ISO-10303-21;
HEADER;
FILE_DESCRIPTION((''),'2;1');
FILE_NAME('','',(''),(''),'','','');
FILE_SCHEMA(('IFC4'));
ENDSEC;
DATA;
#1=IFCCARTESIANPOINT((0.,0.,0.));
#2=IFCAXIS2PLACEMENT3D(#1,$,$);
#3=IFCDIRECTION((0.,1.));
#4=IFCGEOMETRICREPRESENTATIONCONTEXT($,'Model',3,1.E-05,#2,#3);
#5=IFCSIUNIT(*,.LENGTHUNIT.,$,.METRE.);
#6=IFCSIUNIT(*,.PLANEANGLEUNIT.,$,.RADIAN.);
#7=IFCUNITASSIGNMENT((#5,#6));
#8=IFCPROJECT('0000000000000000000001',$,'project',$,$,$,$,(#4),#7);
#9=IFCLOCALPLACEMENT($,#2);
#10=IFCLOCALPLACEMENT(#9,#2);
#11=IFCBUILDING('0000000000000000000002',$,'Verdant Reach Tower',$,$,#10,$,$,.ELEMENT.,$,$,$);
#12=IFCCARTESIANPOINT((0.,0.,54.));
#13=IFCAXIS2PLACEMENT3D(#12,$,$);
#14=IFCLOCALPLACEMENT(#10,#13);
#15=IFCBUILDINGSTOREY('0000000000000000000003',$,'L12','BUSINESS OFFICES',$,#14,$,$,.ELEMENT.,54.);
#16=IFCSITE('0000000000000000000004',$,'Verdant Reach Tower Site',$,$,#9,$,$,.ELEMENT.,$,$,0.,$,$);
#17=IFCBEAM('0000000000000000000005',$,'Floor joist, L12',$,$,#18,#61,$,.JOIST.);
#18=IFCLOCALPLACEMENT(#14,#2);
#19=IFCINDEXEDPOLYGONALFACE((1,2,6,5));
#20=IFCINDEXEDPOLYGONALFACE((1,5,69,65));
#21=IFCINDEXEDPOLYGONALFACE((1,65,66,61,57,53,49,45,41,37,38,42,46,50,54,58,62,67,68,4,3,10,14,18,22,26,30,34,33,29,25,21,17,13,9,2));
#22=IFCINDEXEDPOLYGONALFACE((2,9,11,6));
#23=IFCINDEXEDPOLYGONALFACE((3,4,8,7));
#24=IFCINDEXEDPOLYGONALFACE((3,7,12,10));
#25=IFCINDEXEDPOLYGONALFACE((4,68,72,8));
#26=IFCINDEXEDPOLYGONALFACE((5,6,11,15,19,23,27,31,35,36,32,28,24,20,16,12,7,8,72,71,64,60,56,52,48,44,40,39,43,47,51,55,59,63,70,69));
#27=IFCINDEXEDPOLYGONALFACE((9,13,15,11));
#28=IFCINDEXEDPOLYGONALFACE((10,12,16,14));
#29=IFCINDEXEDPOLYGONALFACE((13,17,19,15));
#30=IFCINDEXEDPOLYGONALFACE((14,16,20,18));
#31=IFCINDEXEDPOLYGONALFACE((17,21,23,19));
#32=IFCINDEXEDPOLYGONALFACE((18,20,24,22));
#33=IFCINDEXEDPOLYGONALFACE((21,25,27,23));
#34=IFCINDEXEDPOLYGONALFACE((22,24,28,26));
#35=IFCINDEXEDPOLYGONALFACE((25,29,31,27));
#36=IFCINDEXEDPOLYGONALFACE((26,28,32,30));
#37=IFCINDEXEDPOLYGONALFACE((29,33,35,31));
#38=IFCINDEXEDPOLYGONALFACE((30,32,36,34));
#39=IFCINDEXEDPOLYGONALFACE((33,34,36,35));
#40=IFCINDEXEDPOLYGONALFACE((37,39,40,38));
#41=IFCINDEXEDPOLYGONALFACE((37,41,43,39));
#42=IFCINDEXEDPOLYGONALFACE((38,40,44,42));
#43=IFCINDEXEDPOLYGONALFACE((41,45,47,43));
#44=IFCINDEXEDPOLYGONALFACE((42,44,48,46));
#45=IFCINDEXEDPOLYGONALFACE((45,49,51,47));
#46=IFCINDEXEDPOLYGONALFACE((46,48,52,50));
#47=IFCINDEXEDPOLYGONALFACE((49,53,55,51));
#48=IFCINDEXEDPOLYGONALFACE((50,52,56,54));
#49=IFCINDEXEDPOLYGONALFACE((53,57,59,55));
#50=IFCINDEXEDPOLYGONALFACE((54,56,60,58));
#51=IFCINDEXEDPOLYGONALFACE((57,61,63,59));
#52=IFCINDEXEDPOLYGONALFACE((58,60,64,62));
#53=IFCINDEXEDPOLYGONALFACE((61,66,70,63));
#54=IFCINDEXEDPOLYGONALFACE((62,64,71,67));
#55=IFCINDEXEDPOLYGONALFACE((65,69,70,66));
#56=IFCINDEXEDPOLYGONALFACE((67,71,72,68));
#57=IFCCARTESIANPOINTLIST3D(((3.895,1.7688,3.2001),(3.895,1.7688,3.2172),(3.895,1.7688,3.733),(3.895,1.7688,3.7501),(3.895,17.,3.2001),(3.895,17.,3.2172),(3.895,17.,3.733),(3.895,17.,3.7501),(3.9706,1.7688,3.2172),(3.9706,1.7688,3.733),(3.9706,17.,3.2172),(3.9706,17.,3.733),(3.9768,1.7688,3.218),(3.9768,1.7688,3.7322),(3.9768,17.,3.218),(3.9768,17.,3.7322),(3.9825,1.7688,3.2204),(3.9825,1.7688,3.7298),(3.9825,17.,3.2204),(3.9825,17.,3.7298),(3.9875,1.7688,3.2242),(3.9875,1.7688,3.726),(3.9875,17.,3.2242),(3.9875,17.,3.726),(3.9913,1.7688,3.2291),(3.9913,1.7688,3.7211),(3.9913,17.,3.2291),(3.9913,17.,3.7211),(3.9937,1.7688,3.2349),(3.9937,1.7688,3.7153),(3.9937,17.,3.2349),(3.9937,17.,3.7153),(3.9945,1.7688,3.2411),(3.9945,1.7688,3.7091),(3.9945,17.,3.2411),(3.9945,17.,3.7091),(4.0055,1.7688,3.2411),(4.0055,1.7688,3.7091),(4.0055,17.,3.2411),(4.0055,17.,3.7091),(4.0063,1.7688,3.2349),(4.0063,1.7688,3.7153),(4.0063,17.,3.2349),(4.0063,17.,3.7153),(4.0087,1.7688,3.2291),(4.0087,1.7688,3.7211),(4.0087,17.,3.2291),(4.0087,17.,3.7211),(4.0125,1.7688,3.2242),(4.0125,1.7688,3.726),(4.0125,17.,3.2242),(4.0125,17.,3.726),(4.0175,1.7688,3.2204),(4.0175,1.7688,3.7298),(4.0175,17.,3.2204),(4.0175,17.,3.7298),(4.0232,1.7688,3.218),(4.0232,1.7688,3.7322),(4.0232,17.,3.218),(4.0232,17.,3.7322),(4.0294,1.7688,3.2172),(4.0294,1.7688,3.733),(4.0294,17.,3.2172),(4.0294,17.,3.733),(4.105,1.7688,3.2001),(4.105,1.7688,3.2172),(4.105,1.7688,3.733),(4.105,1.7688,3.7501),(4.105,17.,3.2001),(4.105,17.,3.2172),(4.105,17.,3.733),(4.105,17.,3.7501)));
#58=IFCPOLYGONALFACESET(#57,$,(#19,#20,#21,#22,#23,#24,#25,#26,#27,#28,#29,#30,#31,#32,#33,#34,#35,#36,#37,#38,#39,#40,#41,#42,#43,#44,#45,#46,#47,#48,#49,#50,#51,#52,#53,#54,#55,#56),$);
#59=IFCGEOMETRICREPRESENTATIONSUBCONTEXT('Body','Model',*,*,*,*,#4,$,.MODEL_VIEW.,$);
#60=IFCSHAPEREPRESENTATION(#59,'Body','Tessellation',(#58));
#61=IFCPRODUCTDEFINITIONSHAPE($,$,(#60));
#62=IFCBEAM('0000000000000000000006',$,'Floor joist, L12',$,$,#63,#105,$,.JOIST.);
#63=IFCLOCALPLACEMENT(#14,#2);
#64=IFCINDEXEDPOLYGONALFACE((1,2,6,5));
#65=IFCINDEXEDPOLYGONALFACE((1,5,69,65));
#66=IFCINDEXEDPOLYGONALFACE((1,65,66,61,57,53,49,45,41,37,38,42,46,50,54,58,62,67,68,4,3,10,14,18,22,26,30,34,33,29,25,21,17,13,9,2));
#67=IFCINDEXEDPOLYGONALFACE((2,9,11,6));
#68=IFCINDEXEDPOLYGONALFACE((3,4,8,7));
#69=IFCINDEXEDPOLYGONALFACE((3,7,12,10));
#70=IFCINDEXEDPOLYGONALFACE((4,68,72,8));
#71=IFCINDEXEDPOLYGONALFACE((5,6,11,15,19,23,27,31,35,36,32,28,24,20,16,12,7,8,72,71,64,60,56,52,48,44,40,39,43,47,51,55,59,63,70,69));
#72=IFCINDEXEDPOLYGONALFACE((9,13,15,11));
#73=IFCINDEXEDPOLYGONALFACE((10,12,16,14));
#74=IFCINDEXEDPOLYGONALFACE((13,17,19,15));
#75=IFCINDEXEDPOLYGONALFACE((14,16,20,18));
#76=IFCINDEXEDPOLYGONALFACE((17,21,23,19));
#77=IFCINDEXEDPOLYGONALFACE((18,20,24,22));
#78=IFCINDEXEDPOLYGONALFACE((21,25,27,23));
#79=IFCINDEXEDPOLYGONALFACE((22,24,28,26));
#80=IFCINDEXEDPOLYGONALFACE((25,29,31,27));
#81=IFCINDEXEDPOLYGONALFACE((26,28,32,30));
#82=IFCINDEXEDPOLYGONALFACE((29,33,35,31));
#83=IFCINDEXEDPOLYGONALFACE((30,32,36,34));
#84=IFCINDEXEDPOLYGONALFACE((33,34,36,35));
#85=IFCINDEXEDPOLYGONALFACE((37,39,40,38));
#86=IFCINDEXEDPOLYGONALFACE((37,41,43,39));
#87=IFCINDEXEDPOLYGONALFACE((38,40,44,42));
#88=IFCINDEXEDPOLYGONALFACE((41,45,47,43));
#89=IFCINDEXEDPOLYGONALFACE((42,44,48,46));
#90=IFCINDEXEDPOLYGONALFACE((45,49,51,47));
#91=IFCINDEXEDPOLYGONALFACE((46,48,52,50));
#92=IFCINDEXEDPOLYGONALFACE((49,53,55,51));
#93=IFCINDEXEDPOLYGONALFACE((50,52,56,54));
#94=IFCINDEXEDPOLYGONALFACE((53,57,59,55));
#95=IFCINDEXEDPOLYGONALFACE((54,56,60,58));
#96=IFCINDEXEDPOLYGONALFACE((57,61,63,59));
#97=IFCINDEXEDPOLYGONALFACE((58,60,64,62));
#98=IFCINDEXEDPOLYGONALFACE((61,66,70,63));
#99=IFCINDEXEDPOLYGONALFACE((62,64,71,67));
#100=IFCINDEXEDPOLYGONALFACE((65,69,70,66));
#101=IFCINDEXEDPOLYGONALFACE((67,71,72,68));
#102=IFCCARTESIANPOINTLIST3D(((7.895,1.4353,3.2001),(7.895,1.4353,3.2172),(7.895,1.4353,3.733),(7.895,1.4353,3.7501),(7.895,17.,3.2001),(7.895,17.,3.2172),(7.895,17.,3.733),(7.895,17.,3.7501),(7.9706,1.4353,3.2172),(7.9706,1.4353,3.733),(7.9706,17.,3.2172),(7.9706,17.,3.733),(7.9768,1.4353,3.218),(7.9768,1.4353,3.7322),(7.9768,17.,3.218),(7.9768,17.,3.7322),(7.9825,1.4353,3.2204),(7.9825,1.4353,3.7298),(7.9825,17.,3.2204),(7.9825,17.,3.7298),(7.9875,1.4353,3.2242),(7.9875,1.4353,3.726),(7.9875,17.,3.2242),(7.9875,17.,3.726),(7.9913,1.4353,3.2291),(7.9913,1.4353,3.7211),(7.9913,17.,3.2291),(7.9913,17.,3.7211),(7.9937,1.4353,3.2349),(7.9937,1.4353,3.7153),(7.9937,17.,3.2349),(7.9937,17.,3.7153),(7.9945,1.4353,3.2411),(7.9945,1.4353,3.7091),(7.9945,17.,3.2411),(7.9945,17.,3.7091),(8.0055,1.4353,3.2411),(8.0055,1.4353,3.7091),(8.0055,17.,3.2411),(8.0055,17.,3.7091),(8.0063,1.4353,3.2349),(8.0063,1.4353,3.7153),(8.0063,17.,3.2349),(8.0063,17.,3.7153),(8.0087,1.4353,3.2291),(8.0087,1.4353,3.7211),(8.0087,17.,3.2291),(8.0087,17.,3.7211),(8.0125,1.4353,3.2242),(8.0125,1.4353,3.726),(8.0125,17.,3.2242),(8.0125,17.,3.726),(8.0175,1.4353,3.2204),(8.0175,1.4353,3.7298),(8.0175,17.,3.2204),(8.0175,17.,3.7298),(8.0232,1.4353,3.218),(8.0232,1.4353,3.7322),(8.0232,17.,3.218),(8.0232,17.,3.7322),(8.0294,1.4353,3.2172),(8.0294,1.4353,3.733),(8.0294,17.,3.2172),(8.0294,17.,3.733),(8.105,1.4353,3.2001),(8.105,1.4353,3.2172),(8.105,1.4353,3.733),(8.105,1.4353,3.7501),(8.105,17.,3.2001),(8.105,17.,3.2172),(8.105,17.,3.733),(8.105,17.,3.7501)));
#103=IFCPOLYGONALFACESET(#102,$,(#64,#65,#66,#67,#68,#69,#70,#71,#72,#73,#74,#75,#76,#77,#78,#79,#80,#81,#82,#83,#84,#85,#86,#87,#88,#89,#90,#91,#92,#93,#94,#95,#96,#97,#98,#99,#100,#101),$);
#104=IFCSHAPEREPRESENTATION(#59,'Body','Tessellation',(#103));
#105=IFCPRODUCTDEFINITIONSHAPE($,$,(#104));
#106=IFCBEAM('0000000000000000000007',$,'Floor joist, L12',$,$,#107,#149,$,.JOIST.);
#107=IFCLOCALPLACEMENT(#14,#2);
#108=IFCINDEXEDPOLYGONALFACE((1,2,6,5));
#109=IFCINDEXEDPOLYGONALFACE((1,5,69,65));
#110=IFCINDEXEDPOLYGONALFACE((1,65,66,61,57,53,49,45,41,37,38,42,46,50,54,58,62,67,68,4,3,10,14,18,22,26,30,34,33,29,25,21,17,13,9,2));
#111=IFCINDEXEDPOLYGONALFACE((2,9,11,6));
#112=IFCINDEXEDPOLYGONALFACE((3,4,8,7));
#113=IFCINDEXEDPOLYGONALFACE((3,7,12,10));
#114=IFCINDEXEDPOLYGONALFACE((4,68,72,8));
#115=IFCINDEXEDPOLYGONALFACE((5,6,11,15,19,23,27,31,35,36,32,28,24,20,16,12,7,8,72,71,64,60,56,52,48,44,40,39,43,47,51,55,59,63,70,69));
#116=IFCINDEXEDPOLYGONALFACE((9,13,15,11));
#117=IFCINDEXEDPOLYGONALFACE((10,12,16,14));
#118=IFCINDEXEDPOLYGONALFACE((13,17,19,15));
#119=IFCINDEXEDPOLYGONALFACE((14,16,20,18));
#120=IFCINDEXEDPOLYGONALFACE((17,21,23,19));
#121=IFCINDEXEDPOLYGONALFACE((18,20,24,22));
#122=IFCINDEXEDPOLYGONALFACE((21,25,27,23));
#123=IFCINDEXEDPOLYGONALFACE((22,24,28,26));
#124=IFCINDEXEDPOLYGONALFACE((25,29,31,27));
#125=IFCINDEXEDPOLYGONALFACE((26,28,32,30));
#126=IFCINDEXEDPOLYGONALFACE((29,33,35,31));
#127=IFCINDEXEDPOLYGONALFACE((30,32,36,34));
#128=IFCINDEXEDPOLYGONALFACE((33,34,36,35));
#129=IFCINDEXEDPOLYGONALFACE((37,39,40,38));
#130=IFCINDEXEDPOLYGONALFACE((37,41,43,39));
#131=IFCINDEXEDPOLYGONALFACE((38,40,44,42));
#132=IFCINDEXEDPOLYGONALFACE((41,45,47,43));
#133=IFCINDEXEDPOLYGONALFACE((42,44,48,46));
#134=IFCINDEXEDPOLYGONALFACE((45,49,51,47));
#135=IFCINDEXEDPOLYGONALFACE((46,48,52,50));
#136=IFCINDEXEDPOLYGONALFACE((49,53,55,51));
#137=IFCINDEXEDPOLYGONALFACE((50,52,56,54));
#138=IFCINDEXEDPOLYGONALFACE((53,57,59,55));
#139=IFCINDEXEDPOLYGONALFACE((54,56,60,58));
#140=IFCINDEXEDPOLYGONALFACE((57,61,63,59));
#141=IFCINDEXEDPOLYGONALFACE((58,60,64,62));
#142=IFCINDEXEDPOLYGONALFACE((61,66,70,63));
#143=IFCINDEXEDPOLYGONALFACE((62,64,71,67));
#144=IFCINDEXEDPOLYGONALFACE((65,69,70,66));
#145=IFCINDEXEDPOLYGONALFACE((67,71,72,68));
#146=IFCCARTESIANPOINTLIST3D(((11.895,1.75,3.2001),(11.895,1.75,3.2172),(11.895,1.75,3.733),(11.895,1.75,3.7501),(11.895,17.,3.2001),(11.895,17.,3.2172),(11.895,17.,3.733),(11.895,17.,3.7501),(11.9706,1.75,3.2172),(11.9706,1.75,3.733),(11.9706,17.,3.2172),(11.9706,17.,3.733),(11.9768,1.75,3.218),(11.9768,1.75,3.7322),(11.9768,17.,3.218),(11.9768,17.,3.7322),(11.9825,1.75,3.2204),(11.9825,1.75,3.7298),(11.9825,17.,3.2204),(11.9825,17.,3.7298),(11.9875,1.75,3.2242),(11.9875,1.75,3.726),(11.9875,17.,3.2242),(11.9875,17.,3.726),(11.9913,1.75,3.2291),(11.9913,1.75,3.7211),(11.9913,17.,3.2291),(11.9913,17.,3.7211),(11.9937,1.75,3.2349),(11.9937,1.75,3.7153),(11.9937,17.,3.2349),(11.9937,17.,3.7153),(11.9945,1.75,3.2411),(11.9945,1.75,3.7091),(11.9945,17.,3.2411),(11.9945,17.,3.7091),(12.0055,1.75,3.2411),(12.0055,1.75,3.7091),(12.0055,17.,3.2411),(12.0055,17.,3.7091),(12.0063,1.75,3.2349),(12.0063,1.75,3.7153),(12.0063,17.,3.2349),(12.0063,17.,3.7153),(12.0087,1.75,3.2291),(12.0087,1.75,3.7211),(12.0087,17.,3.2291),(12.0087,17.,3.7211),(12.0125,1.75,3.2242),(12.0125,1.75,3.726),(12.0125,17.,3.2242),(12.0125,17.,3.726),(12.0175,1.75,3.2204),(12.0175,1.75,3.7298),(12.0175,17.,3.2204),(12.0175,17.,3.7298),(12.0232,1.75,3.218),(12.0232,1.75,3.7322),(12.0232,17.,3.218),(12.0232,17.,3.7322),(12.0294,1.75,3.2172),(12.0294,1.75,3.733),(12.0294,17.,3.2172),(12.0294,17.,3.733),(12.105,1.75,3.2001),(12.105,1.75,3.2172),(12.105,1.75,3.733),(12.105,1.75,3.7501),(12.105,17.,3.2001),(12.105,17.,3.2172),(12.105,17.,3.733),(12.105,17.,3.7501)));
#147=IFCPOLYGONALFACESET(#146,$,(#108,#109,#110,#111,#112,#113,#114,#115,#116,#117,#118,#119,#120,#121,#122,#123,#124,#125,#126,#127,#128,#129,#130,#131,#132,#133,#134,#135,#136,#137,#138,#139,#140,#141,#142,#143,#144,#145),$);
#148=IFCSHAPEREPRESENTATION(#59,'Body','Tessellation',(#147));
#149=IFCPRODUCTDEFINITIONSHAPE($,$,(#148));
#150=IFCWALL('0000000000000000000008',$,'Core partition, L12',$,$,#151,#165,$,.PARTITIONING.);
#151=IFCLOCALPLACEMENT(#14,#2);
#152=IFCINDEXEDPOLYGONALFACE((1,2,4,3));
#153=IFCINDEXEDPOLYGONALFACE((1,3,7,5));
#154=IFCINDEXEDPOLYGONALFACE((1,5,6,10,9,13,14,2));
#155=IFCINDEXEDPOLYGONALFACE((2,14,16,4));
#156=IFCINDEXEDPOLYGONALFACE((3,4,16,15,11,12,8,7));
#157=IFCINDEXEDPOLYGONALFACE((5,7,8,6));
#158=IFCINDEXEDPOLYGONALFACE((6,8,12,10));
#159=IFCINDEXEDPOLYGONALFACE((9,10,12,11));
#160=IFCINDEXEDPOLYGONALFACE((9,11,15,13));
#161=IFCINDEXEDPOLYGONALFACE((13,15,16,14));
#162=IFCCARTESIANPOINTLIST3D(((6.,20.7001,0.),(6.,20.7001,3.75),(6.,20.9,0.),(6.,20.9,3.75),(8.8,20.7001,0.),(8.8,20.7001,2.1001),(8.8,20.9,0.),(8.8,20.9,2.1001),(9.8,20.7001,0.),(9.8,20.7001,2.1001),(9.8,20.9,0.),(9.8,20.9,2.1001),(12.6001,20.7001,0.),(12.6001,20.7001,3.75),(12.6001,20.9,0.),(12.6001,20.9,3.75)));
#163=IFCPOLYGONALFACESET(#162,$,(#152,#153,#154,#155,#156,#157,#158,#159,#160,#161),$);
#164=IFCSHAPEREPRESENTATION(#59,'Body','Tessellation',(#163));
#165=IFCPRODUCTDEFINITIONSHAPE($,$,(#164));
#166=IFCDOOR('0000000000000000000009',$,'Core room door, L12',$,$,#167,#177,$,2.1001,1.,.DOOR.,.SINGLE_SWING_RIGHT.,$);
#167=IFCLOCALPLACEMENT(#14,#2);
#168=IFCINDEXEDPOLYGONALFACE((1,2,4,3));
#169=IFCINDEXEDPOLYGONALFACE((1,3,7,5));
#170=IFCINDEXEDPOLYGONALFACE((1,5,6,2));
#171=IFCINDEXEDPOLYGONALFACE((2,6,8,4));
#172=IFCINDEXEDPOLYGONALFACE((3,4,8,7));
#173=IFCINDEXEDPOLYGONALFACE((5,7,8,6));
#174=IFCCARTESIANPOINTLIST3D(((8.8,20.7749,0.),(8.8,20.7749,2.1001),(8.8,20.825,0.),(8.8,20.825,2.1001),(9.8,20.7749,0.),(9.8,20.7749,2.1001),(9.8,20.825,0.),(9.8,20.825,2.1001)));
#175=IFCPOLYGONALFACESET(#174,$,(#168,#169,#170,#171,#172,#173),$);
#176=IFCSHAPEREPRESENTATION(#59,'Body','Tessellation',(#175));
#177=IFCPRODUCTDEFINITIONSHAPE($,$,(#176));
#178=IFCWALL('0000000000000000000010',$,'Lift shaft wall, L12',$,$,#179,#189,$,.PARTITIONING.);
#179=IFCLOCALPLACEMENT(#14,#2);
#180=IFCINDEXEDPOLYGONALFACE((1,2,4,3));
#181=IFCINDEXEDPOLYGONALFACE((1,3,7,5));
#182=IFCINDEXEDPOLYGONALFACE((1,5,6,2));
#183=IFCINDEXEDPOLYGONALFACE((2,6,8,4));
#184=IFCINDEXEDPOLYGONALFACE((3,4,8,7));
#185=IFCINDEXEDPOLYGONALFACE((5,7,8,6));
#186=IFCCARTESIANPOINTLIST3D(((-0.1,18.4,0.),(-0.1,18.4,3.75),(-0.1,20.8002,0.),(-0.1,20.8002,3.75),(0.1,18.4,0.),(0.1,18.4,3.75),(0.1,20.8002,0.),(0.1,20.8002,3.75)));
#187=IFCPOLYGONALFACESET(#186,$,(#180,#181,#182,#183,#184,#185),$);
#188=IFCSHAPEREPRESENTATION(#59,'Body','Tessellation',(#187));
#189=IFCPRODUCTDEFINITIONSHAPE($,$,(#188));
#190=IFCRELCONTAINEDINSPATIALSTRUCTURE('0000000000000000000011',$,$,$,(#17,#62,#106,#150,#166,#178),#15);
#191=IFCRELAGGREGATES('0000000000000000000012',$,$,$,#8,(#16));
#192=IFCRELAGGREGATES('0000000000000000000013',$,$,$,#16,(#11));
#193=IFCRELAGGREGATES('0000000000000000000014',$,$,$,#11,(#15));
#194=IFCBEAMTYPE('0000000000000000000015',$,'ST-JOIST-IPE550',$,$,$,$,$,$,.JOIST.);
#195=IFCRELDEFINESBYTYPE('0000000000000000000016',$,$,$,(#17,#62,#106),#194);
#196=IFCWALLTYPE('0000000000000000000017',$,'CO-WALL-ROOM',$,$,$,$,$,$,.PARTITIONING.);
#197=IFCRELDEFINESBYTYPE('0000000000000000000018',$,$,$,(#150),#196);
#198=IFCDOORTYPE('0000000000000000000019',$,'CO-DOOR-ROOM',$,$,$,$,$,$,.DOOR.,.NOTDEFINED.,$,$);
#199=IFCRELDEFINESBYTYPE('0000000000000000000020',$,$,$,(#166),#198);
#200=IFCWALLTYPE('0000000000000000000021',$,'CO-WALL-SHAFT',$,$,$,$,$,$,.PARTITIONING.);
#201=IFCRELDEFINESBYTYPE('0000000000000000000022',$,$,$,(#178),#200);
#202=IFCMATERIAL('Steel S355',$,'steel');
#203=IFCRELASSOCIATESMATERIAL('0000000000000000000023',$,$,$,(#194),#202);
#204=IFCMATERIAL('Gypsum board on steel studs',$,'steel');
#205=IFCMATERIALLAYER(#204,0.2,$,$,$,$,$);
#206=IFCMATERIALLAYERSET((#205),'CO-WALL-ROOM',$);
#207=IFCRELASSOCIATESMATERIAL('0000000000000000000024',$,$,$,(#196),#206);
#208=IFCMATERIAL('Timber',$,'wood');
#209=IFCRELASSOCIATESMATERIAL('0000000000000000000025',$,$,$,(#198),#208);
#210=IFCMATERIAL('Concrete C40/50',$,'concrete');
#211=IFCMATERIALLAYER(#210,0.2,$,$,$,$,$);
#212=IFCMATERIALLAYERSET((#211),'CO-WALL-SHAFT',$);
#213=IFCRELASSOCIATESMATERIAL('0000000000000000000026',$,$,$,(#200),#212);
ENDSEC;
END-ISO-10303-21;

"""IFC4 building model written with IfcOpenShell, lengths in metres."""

from ifc_helpers import new_model, si_unit, direction, frame, frame_2d, origin, origin_2d, place, context, subcontext, project, spatial, rectangle, i_section, extrude, material, layer, layer_set, material_profile, profile_set, type_object, element, fill, save


model = new_model("IFC4")

# Units and contexts
model_context = context("Model", 3, precision=1e-05, world=origin(), true_north=direction((0.0, 1.0)))
body_context = subcontext(model_context, "Body", "Model", "MODEL_VIEW")
ifc_project = project(units=[si_unit("LENGTHUNIT", "METRE"), si_unit("PLANEANGLEUNIT", "RADIAN")], contexts=[model_context])

# Site, building, storey
site_placement = place(None, origin())
site = spatial("IfcSite", under=ifc_project, at=site_placement, Name="Verdant Reach Tower Site", CompositionType="ELEMENT", RefElevation=0.0)
building_placement = place(site_placement, origin())
building = spatial("IfcBuilding", under=site, at=building_placement, Name="Verdant Reach Tower", CompositionType="ELEMENT")
storey_placement = place(building_placement, frame((0.0, 0.0, 54.0)))
storey = spatial("IfcBuildingStorey", under=building, at=storey_placement, Name="L12", Description="BUSINESS OFFICES", CompositionType="ELEMENT", Elevation=54.0)

# Beams
ifc_material_1 = material(Name="Steel S355", Category="steel")
ifc_material_profile = material_profile(ifc_material_1, i_section(OverallWidth=0.21, OverallDepth=0.55, WebThickness=0.011, FlangeThickness=0.0171, FilletRadius=0.0239, at=origin_2d()), Name="IPE 550")
ifc_profile_set = profile_set([ifc_material_profile], Name="Steel S355")
beam_type = type_object("IfcBeamType", Name="ST-JOIST-IPE550", PredefinedType="JOIST", material=ifc_profile_set)
beam_1_placement = place(storey_placement, frame((4.0, 17.0, 3.4751), z_axis=(0.0, -1.0, 0.0), x_axis=(1.0, 0.0, 0.0)))
element("IfcBeam", 1, at=beam_1_placement, inside=storey, type_object=beam_type, Name="Floor joist, L12", PredefinedType="JOIST", context=body_context, shape_type="SweptSolid", body=[
    extrude(i_section(OverallWidth=0.21, OverallDepth=0.55, WebThickness=0.011, FlangeThickness=0.0171, FilletRadius=0.0239, at=origin_2d()), origin(), (0.0, 0.0, 1.0), 15.2312),
])
beam_2_placement = place(storey_placement, frame((8.0, 17.0, 3.4751), z_axis=(0.0, -1.0, 0.0), x_axis=(1.0, 0.0, 0.0)))
element("IfcBeam", 2, at=beam_2_placement, inside=storey, type_object=beam_type, Name="Floor joist, L12", PredefinedType="JOIST", context=body_context, shape_type="SweptSolid", body=[
    extrude(i_section(OverallWidth=0.21, OverallDepth=0.55, WebThickness=0.011, FlangeThickness=0.0171, FilletRadius=0.0239, at=origin_2d()), origin(), (0.0, 0.0, 1.0), 15.5647),
])
beam_3_placement = place(storey_placement, frame((12.0, 17.0, 3.4751), z_axis=(0.0, -1.0, 0.0), x_axis=(1.0, 0.0, 0.0)))
element("IfcBeam", 3, at=beam_3_placement, inside=storey, type_object=beam_type, Name="Floor joist, L12", PredefinedType="JOIST", context=body_context, shape_type="SweptSolid", body=[
    extrude(i_section(OverallWidth=0.21, OverallDepth=0.55, WebThickness=0.011, FlangeThickness=0.0171, FilletRadius=0.0239, at=origin_2d()), origin(), (0.0, 0.0, 1.0), 15.25),
])

# Wall, opening, door
ifc_material_2 = material(Name="Gypsum board on steel studs", Category="steel")
ifc_layer_1 = layer(ifc_material_2, 0.2)
ifc_layer_set_1 = layer_set([ifc_layer_1], Name="CO-WALL-ROOM")
wall_type_1 = type_object("IfcWallType", Name="CO-WALL-ROOM", PredefinedType="PARTITIONING", material=ifc_layer_set_1)
wall_1_placement = place(storey_placement, frame((6.0, 20.8, 0.0), z_axis=(0.0, 0.0, 1.0), x_axis=(1.0, 0.0, 0.0)))
wall_1 = element("IfcWall", 4, at=wall_1_placement, inside=storey, type_object=wall_type_1, Name="Core partition, L12", PredefinedType="PARTITIONING", context=body_context, shape_type="SweptSolid", body=[
    extrude(rectangle(XDim=6.6001, YDim=0.2, at=frame_2d((3.3, 0.0))), origin(), (0.0, 0.0, 1.0), 3.75),
])
opening_1_placement = place(wall_1_placement, frame((2.8, 0.0, 0.0)))
opening_1 = element("IfcOpeningElement", 5, at=opening_1_placement, cuts=wall_1, PredefinedType="OPENING", context=body_context, shape_type="SweptSolid", body=[
    extrude(rectangle(XDim=1.0, YDim=2.1001, at=frame_2d((0.5, 1.05))), frame((0.0, 0.1099, 0.0), z_axis=(0.0, -1.0, 0.0), x_axis=(1.0, 0.0, 0.0)), (0.0, 0.0, 1.0), 0.22),
])
ifc_material_3 = material(Name="Timber", Category="wood")
door_type_1 = type_object("IfcDoorType", Name="CO-DOOR-ROOM", OperationType="NOTDEFINED", PredefinedType="DOOR", material=ifc_material_3)
door_1_placement = place(opening_1_placement, origin())
door_1 = element("IfcDoor", 6, at=door_1_placement, inside=storey, type_object=door_type_1, Name="Core room door, L12", OperationType="SINGLE_SWING_RIGHT", OverallHeight=2.1001, OverallWidth=1.0, PredefinedType="DOOR", context=body_context, shape_type="SweptSolid", body=[
    extrude(rectangle(XDim=1.0, YDim=2.1001, at=frame_2d((0.5, 1.05))), frame((0.0, 0.0249, 0.0), z_axis=(0.0, -1.0, 0.0), x_axis=(1.0, 0.0, 0.0)), (0.0, 0.0, 1.0), 0.05),
])
fill(opening_1, door_1)

# Wall
ifc_material_4 = material(Name="Concrete C40/50", Category="concrete")
ifc_layer_2 = layer(ifc_material_4, 0.2)
ifc_layer_set_2 = layer_set([ifc_layer_2], Name="CO-WALL-SHAFT")
wall_type_2 = type_object("IfcWallType", Name="CO-WALL-SHAFT", PredefinedType="PARTITIONING", material=ifc_layer_set_2)
for number, where, z_axis, x_axis, name in (
    (7, (0.0, 18.3999, 0.0), (0.0, 0.0, 1.0), (0.0, 1.0, 0.0), "Lift shaft wall, L12"),
):
    element("IfcWall", number, at=place(storey_placement, frame(where, z_axis=z_axis, x_axis=x_axis)), inside=storey, type_object=wall_type_2, Name=name, PredefinedType="PARTITIONING", context=body_context, shape_type="SweptSolid", body=[
        extrude(rectangle(XDim=2.4001, YDim=0.2, at=frame_2d((1.2002, 0.0))), origin(), (0.0, 0.0, 1.0), 3.75),
    ])

save(model, "model.ifc")
